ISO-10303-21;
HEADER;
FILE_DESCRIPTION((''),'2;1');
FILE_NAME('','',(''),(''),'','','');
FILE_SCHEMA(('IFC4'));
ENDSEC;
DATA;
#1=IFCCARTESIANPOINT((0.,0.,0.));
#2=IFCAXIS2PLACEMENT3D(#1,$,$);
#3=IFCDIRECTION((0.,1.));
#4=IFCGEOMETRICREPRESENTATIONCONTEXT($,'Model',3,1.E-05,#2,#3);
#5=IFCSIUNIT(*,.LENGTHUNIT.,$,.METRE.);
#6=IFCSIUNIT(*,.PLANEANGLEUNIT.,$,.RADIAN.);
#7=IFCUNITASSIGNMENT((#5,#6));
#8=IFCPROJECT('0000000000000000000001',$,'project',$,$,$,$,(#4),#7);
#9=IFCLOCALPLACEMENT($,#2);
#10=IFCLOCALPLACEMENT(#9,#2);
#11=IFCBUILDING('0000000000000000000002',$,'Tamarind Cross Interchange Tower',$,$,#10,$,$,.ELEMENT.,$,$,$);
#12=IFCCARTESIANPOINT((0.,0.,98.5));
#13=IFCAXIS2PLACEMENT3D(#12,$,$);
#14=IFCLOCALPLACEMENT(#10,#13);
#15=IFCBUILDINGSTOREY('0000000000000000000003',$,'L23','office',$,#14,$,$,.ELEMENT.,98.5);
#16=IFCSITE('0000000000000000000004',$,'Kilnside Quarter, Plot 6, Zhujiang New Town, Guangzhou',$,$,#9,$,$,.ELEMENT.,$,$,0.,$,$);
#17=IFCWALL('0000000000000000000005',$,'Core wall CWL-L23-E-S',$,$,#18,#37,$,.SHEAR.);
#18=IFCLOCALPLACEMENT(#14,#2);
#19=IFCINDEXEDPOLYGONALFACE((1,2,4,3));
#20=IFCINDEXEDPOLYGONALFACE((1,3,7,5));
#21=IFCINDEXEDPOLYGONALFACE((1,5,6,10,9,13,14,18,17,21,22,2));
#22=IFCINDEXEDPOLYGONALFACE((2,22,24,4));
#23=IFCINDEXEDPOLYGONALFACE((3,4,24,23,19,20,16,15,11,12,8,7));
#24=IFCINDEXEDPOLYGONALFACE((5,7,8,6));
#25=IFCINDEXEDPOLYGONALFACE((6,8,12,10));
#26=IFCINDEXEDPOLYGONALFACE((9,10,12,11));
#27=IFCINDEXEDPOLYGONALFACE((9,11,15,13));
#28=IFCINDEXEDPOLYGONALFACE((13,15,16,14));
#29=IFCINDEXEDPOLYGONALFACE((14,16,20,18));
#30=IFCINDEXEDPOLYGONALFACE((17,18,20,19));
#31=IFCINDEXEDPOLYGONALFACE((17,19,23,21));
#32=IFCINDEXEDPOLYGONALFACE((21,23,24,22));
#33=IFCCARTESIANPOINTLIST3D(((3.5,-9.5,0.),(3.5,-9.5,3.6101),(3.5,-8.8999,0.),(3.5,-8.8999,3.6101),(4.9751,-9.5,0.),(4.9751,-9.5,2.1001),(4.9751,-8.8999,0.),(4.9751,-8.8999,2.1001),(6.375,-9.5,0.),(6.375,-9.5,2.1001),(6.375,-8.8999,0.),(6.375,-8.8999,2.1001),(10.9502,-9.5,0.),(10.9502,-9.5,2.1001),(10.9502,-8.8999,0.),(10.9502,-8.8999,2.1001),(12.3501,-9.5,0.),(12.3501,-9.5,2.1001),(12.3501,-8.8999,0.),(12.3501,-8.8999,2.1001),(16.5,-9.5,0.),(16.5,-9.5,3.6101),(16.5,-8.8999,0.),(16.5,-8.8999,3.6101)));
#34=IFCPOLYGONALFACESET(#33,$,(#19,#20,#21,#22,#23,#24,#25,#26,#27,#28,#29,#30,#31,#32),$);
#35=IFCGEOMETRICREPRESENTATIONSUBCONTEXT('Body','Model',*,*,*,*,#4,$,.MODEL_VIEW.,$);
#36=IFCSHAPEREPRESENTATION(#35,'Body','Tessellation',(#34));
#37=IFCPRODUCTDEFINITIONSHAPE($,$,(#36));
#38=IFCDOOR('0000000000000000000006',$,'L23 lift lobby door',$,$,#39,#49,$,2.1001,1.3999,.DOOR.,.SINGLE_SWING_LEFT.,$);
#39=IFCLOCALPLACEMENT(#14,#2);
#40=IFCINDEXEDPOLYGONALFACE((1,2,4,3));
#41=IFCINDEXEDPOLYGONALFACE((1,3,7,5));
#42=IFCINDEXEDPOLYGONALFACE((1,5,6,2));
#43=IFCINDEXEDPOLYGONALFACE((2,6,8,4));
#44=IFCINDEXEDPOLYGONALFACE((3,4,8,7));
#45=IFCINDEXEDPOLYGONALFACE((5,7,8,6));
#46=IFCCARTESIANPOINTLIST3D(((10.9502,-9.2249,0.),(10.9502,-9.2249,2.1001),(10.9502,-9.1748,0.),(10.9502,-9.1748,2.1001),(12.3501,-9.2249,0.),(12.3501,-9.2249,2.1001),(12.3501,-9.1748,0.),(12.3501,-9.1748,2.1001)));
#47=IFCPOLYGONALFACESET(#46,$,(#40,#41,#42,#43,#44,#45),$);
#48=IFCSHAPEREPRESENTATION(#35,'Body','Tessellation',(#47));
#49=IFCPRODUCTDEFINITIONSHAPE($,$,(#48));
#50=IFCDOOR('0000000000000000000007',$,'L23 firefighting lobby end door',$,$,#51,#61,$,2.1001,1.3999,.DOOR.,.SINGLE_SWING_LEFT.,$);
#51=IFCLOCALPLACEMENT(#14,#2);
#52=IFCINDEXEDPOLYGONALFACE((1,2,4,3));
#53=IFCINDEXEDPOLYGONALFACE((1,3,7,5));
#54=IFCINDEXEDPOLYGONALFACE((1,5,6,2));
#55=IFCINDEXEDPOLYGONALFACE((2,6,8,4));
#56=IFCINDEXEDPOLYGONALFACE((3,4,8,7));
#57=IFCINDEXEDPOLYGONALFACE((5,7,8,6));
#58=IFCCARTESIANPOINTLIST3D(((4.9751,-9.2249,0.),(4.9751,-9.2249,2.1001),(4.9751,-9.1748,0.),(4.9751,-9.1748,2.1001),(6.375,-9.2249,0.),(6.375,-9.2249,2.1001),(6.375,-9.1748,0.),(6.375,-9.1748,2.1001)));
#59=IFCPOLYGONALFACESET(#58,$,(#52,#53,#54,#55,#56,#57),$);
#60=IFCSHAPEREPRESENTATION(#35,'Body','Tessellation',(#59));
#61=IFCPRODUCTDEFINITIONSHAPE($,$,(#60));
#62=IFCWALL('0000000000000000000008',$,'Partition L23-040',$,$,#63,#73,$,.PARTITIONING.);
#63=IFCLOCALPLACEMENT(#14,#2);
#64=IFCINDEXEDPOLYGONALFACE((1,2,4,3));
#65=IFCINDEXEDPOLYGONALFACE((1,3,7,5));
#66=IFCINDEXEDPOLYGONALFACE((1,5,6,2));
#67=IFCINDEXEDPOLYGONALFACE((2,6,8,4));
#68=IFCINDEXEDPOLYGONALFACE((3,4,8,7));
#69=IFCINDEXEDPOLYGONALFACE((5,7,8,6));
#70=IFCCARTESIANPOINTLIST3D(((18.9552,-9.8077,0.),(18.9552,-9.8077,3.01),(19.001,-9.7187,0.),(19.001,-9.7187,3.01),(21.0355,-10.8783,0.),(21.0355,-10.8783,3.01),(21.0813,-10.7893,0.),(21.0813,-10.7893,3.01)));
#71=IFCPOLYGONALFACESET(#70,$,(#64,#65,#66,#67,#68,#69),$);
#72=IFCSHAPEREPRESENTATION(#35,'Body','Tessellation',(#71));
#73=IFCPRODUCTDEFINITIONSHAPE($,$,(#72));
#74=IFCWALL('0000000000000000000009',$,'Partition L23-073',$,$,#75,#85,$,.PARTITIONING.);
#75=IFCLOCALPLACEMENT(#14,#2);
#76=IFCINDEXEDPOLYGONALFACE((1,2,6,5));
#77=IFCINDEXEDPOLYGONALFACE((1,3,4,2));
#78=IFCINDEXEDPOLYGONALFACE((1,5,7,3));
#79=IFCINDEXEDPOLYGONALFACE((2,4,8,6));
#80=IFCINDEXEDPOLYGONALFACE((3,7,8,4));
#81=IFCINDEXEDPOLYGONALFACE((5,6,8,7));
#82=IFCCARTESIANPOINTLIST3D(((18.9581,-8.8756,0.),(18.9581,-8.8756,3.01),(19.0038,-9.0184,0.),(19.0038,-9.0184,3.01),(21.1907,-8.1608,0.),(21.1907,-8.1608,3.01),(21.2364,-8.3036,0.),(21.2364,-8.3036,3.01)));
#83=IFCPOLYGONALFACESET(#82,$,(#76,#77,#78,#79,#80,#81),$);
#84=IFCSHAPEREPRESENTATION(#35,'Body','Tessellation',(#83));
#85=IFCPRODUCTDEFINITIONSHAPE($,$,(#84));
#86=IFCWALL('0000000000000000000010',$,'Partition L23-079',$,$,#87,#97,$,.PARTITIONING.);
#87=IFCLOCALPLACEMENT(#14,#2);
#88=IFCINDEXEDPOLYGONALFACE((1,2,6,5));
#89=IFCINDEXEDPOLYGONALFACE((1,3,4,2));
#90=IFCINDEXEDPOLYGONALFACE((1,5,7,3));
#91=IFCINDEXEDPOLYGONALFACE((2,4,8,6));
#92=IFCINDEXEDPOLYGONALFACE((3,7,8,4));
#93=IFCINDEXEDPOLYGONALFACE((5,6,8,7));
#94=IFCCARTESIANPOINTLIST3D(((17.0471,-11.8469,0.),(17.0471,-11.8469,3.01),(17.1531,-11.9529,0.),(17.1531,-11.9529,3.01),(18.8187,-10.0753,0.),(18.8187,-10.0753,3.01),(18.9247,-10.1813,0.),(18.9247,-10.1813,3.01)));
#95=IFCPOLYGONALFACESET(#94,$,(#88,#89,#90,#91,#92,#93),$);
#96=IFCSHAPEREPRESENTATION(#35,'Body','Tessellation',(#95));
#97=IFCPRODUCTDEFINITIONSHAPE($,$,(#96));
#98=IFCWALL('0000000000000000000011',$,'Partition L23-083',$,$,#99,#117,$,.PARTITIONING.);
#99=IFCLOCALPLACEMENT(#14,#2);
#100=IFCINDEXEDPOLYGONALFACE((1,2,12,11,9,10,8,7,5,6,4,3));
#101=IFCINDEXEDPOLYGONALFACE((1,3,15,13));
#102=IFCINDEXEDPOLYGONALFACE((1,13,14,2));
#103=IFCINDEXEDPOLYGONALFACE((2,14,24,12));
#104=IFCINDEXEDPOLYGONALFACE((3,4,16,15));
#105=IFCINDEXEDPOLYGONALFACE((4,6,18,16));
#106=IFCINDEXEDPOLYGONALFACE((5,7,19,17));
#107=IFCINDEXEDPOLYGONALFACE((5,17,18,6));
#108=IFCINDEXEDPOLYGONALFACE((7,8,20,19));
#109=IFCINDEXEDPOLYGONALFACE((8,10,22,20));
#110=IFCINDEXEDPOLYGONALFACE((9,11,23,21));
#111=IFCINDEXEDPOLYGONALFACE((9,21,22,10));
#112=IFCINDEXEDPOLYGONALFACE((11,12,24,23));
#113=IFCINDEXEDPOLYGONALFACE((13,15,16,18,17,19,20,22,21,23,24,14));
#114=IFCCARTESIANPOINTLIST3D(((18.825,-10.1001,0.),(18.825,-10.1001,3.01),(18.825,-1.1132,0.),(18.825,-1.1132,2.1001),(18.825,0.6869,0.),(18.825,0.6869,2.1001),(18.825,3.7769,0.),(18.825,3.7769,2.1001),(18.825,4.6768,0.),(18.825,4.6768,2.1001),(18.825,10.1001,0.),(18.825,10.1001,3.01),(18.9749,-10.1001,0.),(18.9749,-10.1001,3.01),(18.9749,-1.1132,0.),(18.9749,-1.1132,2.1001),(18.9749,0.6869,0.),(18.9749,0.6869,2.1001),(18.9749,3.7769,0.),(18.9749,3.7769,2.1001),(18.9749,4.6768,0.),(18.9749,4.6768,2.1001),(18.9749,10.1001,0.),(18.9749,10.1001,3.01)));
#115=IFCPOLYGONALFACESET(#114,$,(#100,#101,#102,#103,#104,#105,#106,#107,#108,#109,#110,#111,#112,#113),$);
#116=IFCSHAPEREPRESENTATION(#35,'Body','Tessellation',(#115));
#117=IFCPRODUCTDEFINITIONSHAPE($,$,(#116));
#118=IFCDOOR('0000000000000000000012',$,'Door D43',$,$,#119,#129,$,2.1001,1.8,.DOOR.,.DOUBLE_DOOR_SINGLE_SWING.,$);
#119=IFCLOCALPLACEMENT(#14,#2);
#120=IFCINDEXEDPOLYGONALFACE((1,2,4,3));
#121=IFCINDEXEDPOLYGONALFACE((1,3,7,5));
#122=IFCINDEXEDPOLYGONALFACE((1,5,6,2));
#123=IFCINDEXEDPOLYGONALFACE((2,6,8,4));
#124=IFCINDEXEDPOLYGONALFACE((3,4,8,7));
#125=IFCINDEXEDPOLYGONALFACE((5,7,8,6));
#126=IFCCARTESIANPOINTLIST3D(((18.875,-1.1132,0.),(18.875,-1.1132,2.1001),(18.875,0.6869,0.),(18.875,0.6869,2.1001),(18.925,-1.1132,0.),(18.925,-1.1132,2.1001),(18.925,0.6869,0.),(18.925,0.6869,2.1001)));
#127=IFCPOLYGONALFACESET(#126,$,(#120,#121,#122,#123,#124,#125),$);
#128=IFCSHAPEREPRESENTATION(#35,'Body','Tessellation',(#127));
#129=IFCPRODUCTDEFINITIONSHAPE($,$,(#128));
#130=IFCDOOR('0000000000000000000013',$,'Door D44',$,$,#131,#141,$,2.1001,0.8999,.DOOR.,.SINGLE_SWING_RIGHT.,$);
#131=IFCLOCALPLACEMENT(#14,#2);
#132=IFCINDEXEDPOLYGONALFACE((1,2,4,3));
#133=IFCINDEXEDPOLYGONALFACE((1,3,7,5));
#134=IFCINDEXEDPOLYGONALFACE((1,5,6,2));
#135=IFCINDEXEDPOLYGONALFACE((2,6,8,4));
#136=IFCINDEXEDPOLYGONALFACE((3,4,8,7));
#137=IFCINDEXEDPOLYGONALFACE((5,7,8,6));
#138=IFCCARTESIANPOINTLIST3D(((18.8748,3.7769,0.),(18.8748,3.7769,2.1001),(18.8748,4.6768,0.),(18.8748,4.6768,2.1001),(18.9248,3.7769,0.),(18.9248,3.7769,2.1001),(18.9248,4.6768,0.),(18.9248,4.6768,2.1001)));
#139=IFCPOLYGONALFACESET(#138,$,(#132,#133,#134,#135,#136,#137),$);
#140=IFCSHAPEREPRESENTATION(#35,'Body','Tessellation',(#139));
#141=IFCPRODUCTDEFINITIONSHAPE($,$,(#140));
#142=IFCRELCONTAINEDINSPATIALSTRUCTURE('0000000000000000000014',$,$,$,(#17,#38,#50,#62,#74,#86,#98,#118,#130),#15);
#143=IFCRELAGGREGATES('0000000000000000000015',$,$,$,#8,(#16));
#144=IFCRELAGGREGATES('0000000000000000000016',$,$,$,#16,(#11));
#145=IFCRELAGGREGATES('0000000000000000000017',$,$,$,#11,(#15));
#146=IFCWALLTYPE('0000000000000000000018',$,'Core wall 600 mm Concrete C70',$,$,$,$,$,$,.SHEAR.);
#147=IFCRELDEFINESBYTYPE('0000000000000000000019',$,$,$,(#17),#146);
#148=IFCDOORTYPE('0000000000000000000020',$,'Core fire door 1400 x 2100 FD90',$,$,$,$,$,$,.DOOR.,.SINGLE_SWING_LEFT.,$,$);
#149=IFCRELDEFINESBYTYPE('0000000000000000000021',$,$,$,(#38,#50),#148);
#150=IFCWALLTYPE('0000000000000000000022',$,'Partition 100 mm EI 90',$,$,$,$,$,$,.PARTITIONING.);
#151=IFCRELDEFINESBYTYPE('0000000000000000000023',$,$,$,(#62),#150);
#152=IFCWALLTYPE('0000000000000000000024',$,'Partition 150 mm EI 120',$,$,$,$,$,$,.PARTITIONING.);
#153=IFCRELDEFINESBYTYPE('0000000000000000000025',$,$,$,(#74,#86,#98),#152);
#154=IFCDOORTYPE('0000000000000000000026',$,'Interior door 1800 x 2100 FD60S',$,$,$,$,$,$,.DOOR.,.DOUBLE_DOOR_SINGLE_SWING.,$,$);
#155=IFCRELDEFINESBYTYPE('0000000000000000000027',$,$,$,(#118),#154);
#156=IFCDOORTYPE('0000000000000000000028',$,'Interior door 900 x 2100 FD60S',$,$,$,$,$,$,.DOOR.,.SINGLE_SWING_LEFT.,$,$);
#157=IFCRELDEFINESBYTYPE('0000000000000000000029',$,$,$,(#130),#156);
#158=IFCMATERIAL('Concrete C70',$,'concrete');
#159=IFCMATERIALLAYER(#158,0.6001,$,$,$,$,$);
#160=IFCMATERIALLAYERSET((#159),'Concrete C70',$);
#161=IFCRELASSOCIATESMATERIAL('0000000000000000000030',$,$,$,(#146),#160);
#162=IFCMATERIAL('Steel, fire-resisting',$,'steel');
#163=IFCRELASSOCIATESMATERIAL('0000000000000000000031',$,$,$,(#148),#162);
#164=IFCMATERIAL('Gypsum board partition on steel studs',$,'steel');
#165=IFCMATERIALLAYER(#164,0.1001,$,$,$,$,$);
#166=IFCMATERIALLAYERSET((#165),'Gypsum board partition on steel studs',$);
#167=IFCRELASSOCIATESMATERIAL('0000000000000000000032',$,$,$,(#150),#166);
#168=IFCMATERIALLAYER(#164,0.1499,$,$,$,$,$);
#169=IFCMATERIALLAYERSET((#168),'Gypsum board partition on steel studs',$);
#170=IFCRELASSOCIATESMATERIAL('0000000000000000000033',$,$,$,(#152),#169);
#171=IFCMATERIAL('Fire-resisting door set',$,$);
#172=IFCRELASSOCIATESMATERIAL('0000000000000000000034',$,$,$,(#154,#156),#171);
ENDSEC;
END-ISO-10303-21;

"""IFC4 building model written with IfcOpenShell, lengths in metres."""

from ifc_helpers import new_model, si_unit, direction, frame, frame_2d, origin, place, context, subcontext, project, spatial, rectangle, extrude, material, layer, layer_set, type_object, element, fill, save


model = new_model("IFC4")

# Units and contexts
model_context = context("Model", 3, precision=1e-05, world=origin(), true_north=direction((0.0, 1.0)))
body_context = subcontext(model_context, "Body", "Model", "MODEL_VIEW")
ifc_project = project(units=[si_unit("LENGTHUNIT", "METRE"), si_unit("PLANEANGLEUNIT", "RADIAN")], contexts=[model_context])

# Site, building, storey
site_placement = place(None, origin())
site = spatial("IfcSite", under=ifc_project, at=site_placement, Name="Kilnside Quarter, Plot 6, Zhujiang New Town, Guangzhou", CompositionType="ELEMENT", RefElevation=0.0)
building_placement = place(site_placement, origin())
building = spatial("IfcBuilding", under=site, at=building_placement, Name="Tamarind Cross Interchange Tower", CompositionType="ELEMENT")
storey_placement = place(building_placement, frame((0.0, 0.0, 98.5)))
storey = spatial("IfcBuildingStorey", under=building, at=storey_placement, Name="L23", Description="office", CompositionType="ELEMENT", Elevation=98.5)

# Wall, openings, doors
ifc_material_1 = material(Name="Concrete C70", Category="concrete")
ifc_layer_1 = layer(ifc_material_1, 0.6001)
ifc_layer_set_1 = layer_set([ifc_layer_1], Name="Concrete C70")
wall_type_1 = type_object("IfcWallType", Name="Core wall 600 mm Concrete C70", PredefinedType="SHEAR", material=ifc_layer_set_1)
wall_1_placement = place(storey_placement, frame((16.5, -9.2, 0.0), z_axis=(0.0, 0.0, 1.0), x_axis=(-1.0, 0.0, 0.0)))
wall_1 = element("IfcWall", 1, at=wall_1_placement, inside=storey, type_object=wall_type_1, Name="Core wall CWL-L23-E-S", PredefinedType="SHEAR", context=body_context, shape_type="SweptSolid", body=[
    extrude(rectangle(XDim=13.0, YDim=0.6001, at=frame_2d((6.5, 0.0))), origin(), (0.0, 0.0, 1.0), 3.6101),
])
opening_1_placement = place(wall_1_placement, frame((4.1499, 0.0, 0.0)))
opening_1 = element("IfcOpeningElement", 2, at=opening_1_placement, cuts=wall_1, PredefinedType="OPENING", context=body_context, shape_type="SweptSolid", body=[
    extrude(rectangle(XDim=1.3999, YDim=2.1001, at=frame_2d((0.7, 1.05))), frame((0.0, 0.3101, 0.0), z_axis=(0.0, -1.0, 0.0), x_axis=(1.0, 0.0, 0.0)), (0.0, 0.0, 1.0), 0.6201),
])
opening_2_placement = place(wall_1_placement, frame((10.125, 0.0, 0.0)))
opening_2 = element("IfcOpeningElement", 3, at=opening_2_placement, cuts=wall_1, PredefinedType="OPENING", context=body_context, shape_type="SweptSolid", body=[
    extrude(rectangle(XDim=1.3999, YDim=2.1001, at=frame_2d((0.7, 1.05))), frame((0.0, 0.3101, 0.0), z_axis=(0.0, -1.0, 0.0), x_axis=(1.0, 0.0, 0.0)), (0.0, 0.0, 1.0), 0.6201),
])
ifc_material_2 = material(Name="Steel, fire-resisting", Category="steel")
door_type_1 = type_object("IfcDoorType", Name="Core fire door 1400 x 2100 FD90", OperationType="SINGLE_SWING_LEFT", PredefinedType="DOOR", material=ifc_material_2)
door_1_placement = place(opening_1_placement, origin())
door_1 = element("IfcDoor", 4, at=door_1_placement, inside=storey, type_object=door_type_1, Name="L23 lift lobby door", OperationType="SINGLE_SWING_LEFT", OverallHeight=2.1001, OverallWidth=1.3999, PredefinedType="DOOR", context=body_context, shape_type="SweptSolid", body=[
    extrude(rectangle(XDim=1.3999, YDim=2.1001, at=frame_2d((0.7, 1.05))), frame((0.0, 0.0249, 0.0), z_axis=(0.0, -1.0, 0.0), x_axis=(1.0, 0.0, 0.0)), (0.0, 0.0, 1.0), 0.05),
])
fill(opening_1, door_1)
door_2_placement = place(opening_2_placement, origin())
door_2 = element("IfcDoor", 5, at=door_2_placement, inside=storey, type_object=door_type_1, Name="L23 firefighting lobby end door", OperationType="SINGLE_SWING_LEFT", OverallHeight=2.1001, OverallWidth=1.3999, PredefinedType="DOOR", context=body_context, shape_type="SweptSolid", body=[
    extrude(rectangle(XDim=1.3999, YDim=2.1001, at=frame_2d((0.7, 1.05))), frame((0.0, 0.0249, 0.0), z_axis=(0.0, -1.0, 0.0), x_axis=(1.0, 0.0, 0.0)), (0.0, 0.0, 1.0), 0.05),
])
fill(opening_2, door_2)

# Walls
ifc_material_3 = material(Name="Gypsum board partition on steel studs", Category="steel")
ifc_layer_2 = layer(ifc_material_3, 0.1001)
ifc_layer_set_2 = layer_set([ifc_layer_2], Name="Gypsum board partition on steel studs")
wall_type_2 = type_object("IfcWallType", Name="Partition 100 mm EI 90", PredefinedType="PARTITIONING", material=ifc_layer_set_2)
wall_2_placement = place(storey_placement, frame((18.978, -9.7632, 0.0), z_axis=(0.0, 0.0, 1.0), x_axis=(0.88917, -0.457577, 0.0)))
element("IfcWall", 6, at=wall_2_placement, inside=storey, type_object=wall_type_2, Name="Partition L23-040", PredefinedType="PARTITIONING", context=body_context, shape_type="SweptSolid", body=[
    extrude(rectangle(XDim=2.3396, YDim=0.1001, at=frame_2d((1.1699, 0.0))), origin(), (0.0, 0.0, 1.0), 3.01),
])
ifc_layer_3 = layer(ifc_material_3, 0.1499)
ifc_layer_set_3 = layer_set([ifc_layer_3], Name="Gypsum board partition on steel studs")
wall_type_3 = type_object("IfcWallType", Name="Partition 150 mm EI 120", PredefinedType="PARTITIONING", material=ifc_layer_set_3)
wall_3_placement = place(storey_placement, frame((18.981, -8.947, 0.0), z_axis=(0.0, 0.0, 1.0), x_axis=(0.952376, 0.304927, 0.0)))
element("IfcWall", 7, at=wall_3_placement, inside=storey, type_object=wall_type_3, Name="Partition L23-073", PredefinedType="PARTITIONING", context=body_context, shape_type="SweptSolid", body=[
    extrude(rectangle(XDim=2.3442, YDim=0.1499, at=frame_2d((1.1721, 0.0))), origin(), (0.0, 0.0, 1.0), 3.01),
])
wall_4_placement = place(storey_placement, frame((17.1001, -11.8999, 0.0), z_axis=(0.0, 0.0, 1.0), x_axis=(0.707107, 0.707107, 0.0)))
element("IfcWall", 8, at=wall_4_placement, inside=storey, type_object=wall_type_3, Name="Partition L23-079", PredefinedType="PARTITIONING", context=body_context, shape_type="SweptSolid", body=[
    extrude(rectangle(XDim=2.5054, YDim=0.1499, at=frame_2d((1.2527, 0.0))), origin(), (0.0, 0.0, 1.0), 3.01),
])

# Wall, openings, doors
wall_5_placement = place(storey_placement, frame((18.8999, -10.1001, 0.0), z_axis=(0.0, 0.0, 1.0), x_axis=(0.0, 1.0, 0.0)))
wall_5 = element("IfcWall", 9, at=wall_5_placement, inside=storey, type_object=wall_type_3, Name="Partition L23-083", PredefinedType="PARTITIONING", context=body_context, shape_type="SweptSolid", body=[
    extrude(rectangle(XDim=20.2002, YDim=0.1499, at=frame_2d((10.1001, 0.0))), origin(), (0.0, 0.0, 1.0), 3.01),
])
opening_3_placement = place(wall_5_placement, frame((8.9871, 0.0, 0.0)))
opening_3 = element("IfcOpeningElement", 10, at=opening_3_placement, cuts=wall_5, PredefinedType="OPENING", context=body_context, shape_type="SweptSolid", body=[
    extrude(rectangle(XDim=1.8, YDim=2.1001, at=frame_2d((0.8999, 1.05))), frame((0.0, 0.085, 0.0), z_axis=(0.0, -1.0, 0.0), x_axis=(1.0, 0.0, 0.0)), (0.0, 0.0, 1.0), 0.1699),
])
opening_4_placement = place(wall_5_placement, frame((13.877, 0.0, 0.0)))
opening_4 = element("IfcOpeningElement", 11, at=opening_4_placement, cuts=wall_5, PredefinedType="OPENING", context=body_context, shape_type="SweptSolid", body=[
    extrude(rectangle(XDim=0.8999, YDim=2.1001, at=frame_2d((0.45, 1.05))), frame((0.0, 0.085, 0.0), z_axis=(0.0, -1.0, 0.0), x_axis=(1.0, 0.0, 0.0)), (0.0, 0.0, 1.0), 0.1699),
])
ifc_material_4 = material(Name="Fire-resisting door set")
door_type_2 = type_object("IfcDoorType", Name="Interior door 1800 x 2100 FD60S", OperationType="DOUBLE_DOOR_SINGLE_SWING", PredefinedType="DOOR", material=ifc_material_4)
door_3_placement = place(opening_3_placement, origin())
door_3 = element("IfcDoor", 12, at=door_3_placement, inside=storey, type_object=door_type_2, Name="Door D43", OperationType="DOUBLE_DOOR_SINGLE_SWING", OverallHeight=2.1001, OverallWidth=1.8, PredefinedType="DOOR", context=body_context, shape_type="SweptSolid", body=[
    extrude(rectangle(XDim=1.8, YDim=2.1001, at=frame_2d((0.8999, 1.05))), frame((0.0, 0.0249, 0.0), z_axis=(0.0, -1.0, 0.0), x_axis=(1.0, 0.0, 0.0)), (0.0, 0.0, 1.0), 0.05),
])
fill(opening_3, door_3)
door_type_3 = type_object("IfcDoorType", Name="Interior door 900 x 2100 FD60S", OperationType="SINGLE_SWING_LEFT", PredefinedType="DOOR", material=ifc_material_4)
door_4_placement = place(opening_4_placement, frame((0.8999, 0.0, 0.0), z_axis=(0.0, 0.0, 1.0), x_axis=(-1.0, 0.0, 0.0)))
door_4 = element("IfcDoor", 13, at=door_4_placement, inside=storey, type_object=door_type_3, Name="Door D44", OperationType="SINGLE_SWING_RIGHT", OverallHeight=2.1001, OverallWidth=0.8999, PredefinedType="DOOR", context=body_context, shape_type="SweptSolid", body=[
    extrude(rectangle(XDim=0.8999, YDim=2.1001, at=frame_2d((0.45, 1.05))), frame((0.0, 0.0249, 0.0), z_axis=(0.0, -1.0, 0.0), x_axis=(1.0, 0.0, 0.0)), (0.0, 0.0, 1.0), 0.05),
])
fill(opening_4, door_4)

save(model, "model.ifc")
